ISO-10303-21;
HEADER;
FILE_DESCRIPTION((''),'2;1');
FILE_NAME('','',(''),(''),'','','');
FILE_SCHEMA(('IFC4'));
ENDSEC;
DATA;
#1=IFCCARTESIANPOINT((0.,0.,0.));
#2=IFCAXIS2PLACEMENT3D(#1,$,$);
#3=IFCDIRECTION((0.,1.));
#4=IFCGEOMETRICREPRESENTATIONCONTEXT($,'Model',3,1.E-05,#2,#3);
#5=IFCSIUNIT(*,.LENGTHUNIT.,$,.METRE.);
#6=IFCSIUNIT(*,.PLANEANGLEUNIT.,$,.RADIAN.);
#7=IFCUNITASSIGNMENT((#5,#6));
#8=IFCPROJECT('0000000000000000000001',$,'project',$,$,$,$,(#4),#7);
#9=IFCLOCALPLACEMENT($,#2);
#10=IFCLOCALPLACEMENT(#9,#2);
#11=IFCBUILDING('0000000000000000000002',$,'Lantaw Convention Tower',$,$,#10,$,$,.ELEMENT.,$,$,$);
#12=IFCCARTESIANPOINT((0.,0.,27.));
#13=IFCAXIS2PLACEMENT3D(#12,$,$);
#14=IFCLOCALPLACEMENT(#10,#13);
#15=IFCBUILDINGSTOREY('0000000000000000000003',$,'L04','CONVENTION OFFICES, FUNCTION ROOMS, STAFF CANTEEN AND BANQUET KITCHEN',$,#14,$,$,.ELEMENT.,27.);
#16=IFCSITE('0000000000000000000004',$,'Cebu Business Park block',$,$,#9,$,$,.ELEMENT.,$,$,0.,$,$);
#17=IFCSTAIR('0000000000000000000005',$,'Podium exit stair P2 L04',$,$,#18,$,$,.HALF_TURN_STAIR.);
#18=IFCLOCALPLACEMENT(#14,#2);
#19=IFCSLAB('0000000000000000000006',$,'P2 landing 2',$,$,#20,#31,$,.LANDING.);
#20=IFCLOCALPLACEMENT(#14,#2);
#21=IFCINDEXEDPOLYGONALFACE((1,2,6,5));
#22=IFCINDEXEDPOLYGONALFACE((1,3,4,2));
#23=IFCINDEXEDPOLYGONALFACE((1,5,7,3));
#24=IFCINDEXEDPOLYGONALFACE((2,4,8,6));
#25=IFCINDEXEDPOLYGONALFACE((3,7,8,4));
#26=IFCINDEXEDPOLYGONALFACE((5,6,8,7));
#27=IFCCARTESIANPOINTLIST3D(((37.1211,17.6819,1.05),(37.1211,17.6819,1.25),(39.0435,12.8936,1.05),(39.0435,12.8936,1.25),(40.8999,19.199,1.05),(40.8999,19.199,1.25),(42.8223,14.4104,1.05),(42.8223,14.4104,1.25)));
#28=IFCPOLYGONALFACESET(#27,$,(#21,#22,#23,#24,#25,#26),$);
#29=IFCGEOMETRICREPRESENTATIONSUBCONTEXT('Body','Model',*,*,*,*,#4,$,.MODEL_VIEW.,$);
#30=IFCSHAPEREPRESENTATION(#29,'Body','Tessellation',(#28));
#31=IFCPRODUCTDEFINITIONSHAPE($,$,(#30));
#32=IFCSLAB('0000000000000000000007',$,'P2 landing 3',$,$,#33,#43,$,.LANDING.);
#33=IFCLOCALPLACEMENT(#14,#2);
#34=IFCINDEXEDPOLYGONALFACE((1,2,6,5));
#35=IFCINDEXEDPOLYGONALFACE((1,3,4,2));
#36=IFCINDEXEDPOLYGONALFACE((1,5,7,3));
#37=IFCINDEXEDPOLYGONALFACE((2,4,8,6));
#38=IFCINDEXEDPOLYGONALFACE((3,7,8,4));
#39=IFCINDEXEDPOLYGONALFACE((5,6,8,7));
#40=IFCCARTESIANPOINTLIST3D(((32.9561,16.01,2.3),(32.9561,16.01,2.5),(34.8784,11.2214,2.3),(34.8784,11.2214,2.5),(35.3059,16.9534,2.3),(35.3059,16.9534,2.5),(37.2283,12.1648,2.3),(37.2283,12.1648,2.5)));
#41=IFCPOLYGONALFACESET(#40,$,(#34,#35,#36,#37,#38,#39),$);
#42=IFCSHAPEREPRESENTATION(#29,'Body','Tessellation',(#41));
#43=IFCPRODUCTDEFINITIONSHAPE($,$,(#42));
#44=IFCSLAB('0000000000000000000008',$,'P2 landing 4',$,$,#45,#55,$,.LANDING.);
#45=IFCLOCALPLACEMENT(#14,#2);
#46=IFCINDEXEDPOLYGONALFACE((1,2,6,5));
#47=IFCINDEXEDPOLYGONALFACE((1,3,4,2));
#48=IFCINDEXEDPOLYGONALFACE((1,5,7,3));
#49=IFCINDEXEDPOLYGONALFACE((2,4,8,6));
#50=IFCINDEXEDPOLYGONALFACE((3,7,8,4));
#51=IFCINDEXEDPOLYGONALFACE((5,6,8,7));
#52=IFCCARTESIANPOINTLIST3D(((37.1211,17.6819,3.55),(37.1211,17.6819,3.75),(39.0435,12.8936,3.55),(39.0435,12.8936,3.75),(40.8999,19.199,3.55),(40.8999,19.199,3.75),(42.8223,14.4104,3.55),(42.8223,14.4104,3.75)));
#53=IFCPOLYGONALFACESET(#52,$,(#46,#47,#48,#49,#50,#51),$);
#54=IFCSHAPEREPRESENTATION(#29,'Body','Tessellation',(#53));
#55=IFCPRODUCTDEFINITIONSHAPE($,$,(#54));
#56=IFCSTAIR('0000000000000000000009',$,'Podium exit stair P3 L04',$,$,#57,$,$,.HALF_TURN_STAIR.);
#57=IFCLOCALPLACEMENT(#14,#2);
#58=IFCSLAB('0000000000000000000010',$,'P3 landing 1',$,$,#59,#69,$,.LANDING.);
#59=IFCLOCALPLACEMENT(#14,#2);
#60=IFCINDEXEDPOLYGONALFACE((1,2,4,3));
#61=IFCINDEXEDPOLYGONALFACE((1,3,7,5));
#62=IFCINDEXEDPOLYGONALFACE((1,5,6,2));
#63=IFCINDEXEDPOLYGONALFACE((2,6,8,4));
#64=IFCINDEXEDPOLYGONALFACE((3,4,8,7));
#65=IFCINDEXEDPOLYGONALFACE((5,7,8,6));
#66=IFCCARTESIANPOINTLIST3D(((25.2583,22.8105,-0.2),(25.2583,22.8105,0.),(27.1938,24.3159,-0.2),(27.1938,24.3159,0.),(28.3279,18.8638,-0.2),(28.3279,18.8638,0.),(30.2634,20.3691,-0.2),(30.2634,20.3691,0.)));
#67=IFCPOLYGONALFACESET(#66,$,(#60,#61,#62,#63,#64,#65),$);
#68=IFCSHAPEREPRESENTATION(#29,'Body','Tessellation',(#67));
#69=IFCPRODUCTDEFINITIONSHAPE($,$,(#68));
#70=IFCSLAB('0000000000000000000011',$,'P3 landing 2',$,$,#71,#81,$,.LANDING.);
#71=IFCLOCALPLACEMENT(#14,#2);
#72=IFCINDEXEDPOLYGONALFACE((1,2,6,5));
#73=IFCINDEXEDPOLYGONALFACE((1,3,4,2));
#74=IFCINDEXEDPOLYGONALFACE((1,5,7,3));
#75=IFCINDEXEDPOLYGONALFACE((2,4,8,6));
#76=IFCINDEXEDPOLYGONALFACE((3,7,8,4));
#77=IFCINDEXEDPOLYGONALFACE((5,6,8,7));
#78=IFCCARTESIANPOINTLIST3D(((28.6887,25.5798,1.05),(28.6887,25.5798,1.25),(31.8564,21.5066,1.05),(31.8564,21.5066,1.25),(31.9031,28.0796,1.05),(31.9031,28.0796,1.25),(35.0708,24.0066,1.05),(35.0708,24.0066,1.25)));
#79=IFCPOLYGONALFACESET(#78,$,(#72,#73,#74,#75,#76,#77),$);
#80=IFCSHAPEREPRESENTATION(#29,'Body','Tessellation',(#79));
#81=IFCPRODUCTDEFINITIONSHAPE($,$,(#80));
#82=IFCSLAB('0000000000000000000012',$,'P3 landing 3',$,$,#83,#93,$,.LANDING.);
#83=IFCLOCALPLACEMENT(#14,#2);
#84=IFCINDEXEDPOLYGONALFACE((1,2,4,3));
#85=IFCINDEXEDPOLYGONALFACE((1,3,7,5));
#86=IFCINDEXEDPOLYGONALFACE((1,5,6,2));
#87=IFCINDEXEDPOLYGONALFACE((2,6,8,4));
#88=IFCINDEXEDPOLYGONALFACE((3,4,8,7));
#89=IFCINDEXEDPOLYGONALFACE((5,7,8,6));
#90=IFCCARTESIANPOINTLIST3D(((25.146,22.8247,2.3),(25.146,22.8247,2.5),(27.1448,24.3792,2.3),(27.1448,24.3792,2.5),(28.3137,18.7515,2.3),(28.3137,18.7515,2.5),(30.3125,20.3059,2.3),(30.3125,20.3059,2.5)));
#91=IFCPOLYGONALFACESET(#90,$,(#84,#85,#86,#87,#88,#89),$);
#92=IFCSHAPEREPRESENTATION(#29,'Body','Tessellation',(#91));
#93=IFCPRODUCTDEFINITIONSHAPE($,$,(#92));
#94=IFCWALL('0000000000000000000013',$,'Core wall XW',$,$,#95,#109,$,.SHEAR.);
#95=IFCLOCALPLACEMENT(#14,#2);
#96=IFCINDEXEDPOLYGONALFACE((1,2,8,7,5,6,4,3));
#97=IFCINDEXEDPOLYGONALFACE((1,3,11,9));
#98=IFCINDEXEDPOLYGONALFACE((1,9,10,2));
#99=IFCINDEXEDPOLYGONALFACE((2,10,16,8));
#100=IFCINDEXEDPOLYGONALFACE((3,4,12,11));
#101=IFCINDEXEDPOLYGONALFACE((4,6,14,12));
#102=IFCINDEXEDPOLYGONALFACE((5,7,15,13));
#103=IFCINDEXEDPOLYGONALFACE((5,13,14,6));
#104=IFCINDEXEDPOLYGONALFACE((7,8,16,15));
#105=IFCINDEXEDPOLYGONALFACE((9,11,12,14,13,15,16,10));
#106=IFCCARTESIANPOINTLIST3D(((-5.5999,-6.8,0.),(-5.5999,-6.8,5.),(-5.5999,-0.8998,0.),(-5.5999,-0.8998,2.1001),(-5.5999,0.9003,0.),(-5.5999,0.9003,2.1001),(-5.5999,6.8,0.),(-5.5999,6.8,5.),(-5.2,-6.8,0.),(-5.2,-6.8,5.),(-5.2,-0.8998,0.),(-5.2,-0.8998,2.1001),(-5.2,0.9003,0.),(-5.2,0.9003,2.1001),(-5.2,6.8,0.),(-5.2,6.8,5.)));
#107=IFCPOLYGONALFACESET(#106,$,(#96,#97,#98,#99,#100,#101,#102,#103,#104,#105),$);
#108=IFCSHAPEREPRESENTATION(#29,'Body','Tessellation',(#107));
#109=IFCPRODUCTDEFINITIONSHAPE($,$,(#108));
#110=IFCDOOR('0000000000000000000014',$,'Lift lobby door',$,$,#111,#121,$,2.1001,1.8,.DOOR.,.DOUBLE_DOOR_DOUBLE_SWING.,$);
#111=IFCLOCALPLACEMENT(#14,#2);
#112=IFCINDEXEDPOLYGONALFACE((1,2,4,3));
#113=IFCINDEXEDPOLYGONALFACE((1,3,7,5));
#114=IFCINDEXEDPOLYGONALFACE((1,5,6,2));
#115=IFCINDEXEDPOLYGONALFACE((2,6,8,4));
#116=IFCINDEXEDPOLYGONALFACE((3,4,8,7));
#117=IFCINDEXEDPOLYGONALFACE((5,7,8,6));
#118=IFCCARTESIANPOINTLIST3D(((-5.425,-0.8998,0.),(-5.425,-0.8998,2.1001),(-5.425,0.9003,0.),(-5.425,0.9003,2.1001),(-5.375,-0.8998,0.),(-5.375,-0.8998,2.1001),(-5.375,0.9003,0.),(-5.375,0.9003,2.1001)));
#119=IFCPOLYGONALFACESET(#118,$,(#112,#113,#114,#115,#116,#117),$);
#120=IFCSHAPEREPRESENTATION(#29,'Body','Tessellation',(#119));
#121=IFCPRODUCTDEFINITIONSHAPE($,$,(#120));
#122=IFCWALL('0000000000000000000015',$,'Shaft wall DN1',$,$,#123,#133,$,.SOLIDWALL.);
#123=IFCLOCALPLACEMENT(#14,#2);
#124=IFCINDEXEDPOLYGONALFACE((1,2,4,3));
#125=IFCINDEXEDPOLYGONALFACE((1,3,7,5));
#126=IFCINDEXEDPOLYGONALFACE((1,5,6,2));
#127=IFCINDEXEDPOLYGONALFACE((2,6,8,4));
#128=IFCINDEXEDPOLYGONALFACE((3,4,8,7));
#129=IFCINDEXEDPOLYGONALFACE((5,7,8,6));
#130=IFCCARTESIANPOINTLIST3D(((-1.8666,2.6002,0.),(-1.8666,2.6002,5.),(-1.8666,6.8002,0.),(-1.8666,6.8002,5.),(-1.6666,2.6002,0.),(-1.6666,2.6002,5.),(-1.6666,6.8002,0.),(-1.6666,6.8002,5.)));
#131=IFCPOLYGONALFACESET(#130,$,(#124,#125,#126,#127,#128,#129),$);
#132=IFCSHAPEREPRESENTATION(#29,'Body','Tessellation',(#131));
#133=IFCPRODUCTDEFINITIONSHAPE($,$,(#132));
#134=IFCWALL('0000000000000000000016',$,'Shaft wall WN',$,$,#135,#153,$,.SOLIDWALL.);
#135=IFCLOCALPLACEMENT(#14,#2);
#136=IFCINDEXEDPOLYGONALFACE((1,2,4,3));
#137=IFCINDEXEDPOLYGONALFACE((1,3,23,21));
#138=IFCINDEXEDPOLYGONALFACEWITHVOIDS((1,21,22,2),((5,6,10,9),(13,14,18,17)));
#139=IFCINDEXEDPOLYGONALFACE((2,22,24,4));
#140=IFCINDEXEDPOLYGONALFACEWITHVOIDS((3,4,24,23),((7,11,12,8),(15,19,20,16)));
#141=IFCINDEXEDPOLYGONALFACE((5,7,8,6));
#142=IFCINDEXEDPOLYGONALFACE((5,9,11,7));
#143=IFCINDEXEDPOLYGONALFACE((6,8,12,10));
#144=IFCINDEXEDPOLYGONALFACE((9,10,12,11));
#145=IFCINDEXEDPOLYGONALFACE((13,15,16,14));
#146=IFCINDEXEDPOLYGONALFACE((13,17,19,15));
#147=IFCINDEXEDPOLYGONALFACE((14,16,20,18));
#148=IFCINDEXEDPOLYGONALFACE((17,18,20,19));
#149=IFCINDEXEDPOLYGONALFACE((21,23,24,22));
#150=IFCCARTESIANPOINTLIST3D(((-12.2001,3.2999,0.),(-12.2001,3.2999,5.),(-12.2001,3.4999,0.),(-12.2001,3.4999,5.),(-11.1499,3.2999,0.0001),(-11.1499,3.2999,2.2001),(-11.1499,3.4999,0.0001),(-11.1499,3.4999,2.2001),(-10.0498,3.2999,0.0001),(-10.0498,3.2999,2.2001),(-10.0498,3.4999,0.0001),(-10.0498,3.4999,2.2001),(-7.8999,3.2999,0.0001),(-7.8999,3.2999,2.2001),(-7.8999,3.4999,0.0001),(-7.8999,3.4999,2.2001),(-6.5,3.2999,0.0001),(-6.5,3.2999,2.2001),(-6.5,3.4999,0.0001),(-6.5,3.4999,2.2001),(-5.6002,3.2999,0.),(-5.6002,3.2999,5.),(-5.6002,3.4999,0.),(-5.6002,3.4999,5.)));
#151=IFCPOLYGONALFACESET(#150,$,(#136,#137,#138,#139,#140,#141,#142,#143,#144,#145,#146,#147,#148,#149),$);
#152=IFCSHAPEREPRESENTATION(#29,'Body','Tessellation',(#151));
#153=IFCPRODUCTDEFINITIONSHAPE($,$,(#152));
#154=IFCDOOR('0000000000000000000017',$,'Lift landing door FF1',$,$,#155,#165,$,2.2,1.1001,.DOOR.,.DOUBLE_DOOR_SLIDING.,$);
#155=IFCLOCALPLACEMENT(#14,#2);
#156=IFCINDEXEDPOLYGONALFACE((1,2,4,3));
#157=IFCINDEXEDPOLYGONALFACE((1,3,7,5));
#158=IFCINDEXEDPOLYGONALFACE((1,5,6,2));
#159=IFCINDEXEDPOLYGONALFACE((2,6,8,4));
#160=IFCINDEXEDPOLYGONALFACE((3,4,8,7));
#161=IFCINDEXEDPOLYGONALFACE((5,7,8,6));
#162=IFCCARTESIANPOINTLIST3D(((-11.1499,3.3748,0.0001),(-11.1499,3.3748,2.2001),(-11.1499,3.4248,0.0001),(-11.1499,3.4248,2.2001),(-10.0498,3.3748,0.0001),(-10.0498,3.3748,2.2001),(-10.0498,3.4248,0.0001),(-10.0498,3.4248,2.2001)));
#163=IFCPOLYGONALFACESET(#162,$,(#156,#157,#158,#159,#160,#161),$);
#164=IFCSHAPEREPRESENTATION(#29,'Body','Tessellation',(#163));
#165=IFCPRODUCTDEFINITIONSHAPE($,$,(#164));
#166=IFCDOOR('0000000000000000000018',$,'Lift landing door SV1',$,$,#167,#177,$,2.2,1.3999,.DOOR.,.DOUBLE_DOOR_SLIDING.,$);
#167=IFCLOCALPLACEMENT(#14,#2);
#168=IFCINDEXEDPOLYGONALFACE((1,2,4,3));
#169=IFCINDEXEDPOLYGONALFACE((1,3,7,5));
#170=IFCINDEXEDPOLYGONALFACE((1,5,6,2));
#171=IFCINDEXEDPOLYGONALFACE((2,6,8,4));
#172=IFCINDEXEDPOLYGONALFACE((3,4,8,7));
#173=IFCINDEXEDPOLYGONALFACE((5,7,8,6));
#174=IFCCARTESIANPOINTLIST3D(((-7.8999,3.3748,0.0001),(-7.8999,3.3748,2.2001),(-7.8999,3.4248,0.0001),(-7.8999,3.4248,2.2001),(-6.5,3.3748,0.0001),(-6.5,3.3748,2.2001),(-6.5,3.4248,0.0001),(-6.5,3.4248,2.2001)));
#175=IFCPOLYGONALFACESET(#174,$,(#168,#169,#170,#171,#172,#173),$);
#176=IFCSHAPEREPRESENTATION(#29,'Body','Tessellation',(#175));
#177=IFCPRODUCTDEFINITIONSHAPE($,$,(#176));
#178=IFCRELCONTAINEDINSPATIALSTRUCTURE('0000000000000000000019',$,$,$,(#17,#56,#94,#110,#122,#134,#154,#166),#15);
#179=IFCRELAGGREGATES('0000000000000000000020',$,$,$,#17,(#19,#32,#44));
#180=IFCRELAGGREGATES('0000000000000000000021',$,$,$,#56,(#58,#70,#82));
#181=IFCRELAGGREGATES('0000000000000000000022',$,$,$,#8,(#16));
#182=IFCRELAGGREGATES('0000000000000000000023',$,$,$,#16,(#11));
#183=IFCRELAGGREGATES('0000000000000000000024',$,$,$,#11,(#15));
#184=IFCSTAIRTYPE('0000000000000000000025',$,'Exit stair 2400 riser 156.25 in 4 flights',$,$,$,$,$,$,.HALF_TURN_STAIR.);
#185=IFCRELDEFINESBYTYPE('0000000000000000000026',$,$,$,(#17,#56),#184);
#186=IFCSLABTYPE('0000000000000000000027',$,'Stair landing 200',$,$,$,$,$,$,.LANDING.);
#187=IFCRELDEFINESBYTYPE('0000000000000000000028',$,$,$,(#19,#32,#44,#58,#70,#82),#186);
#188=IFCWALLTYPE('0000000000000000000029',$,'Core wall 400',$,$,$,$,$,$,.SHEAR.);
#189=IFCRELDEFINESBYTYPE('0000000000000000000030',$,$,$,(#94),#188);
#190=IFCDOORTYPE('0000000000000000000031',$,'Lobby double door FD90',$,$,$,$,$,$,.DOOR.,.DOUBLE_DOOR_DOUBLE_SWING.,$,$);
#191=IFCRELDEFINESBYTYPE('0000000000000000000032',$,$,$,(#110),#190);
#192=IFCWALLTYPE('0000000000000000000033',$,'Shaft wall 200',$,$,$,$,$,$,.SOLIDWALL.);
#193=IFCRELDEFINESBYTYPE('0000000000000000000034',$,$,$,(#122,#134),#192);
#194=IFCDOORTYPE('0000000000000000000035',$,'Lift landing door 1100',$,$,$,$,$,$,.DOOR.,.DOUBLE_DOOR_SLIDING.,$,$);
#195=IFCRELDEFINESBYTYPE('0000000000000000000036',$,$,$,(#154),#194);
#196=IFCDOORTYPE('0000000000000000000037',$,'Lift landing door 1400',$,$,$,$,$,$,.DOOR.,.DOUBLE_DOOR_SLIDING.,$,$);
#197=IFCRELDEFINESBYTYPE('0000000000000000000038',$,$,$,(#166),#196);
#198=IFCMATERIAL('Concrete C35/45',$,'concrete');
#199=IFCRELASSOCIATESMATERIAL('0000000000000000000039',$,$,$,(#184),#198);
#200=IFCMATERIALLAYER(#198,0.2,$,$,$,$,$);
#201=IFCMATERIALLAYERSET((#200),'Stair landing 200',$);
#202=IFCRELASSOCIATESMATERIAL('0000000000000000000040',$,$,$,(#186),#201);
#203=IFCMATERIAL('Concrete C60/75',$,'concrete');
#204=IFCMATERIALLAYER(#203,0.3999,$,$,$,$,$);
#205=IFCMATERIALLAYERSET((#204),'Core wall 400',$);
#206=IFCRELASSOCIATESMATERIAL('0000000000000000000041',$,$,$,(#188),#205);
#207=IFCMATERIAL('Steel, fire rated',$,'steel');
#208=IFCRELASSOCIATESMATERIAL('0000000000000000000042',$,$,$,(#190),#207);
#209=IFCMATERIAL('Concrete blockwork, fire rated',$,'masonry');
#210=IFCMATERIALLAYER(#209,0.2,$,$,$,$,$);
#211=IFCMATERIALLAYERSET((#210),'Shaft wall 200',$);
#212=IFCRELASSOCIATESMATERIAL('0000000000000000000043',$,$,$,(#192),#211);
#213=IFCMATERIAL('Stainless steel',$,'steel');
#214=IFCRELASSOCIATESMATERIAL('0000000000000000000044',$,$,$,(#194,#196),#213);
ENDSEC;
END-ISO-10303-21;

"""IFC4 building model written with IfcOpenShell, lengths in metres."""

from ifc_helpers import new_model, si_unit, direction, frame, frame_2d, origin, place, context, subcontext, project, spatial, polyline, rectangle, outline, extrude, material, layer, layer_set, type_object, element, fill, aggregate, save


model = new_model("IFC4")

# Units and contexts
model_context = context("Model", 3, precision=1e-05, world=origin(), true_north=direction((0.0, 1.0)))
body_context = subcontext(model_context, "Body", "Model", "MODEL_VIEW")
ifc_project = project(units=[si_unit("LENGTHUNIT", "METRE"), si_unit("PLANEANGLEUNIT", "RADIAN")], contexts=[model_context])

# Site, building, storey
site_placement = place(None, origin())
site = spatial("IfcSite", under=ifc_project, at=site_placement, Name="Cebu Business Park block", CompositionType="ELEMENT", RefElevation=0.0)
building_placement = place(site_placement, origin())
building = spatial("IfcBuilding", under=site, at=building_placement, Name="Lantaw Convention Tower", CompositionType="ELEMENT")
storey_placement = place(building_placement, frame((0.0, 0.0, 27.0)))
storey = spatial("IfcBuildingStorey", under=building, at=storey_placement, Name="L04", Description="CONVENTION OFFICES, FUNCTION ROOMS, STAFF CANTEEN AND BANQUET KITCHEN", CompositionType="ELEMENT", Elevation=27.0)

# Stairs, slabs
ifc_material_1 = material(Name="Concrete C35/45", Category="concrete")
stair_type = type_object("IfcStairType", Name="Exit stair 2400 riser 156.25 in 4 flights", PredefinedType="HALF_TURN_STAIR", material=ifc_material_1)
ifc_layer_1 = layer(ifc_material_1, 0.2)
ifc_layer_set_1 = layer_set([ifc_layer_1], Name="Stair landing 200")
slab_type = type_object("IfcSlabType", Name="Stair landing 200", PredefinedType="LANDING", material=ifc_layer_set_1)
stair_1_placement = place(storey_placement, origin())
stair_1 = element("IfcStair", 1, at=stair_1_placement, inside=storey, type_object=stair_type, Name="Podium exit stair P2 L04", PredefinedType="HALF_TURN_STAIR")
slab_1_placement = place(storey_placement, frame((0.0, 0.0, 1.05)))
slab_1 = element("IfcSlab", 2, at=slab_1_placement, type_object=slab_type, Name="P2 landing 2", PredefinedType="LANDING", context=body_context, shape_type="SweptSolid", body=[
    extrude(outline(polyline([(39.0435, 12.8936), (42.8223, 14.4104), (40.8999, 19.199), (37.1211, 17.6819), (39.0435, 12.8936)])), origin(), (0.0, 0.0, 1.0), 0.2),
])
slab_2_placement = place(storey_placement, frame((0.0, 0.0, 2.3)))
slab_2 = element("IfcSlab", 3, at=slab_2_placement, type_object=slab_type, Name="P2 landing 3", PredefinedType="LANDING", context=body_context, shape_type="SweptSolid", body=[
    extrude(outline(polyline([(34.8784, 11.2214), (37.2283, 12.1648), (35.3059, 16.9534), (32.9561, 16.01), (34.8784, 11.2214)])), origin(), (0.0, 0.0, 1.0), 0.2),
])
slab_3_placement = place(storey_placement, frame((0.0, 0.0, 3.55)))
slab_3 = element("IfcSlab", 4, at=slab_3_placement, type_object=slab_type, Name="P2 landing 4", PredefinedType="LANDING", context=body_context, shape_type="SweptSolid", body=[
    extrude(outline(polyline([(39.0435, 12.8936), (42.8223, 14.4104), (40.8999, 19.199), (37.1211, 17.6819), (39.0435, 12.8936)])), origin(), (0.0, 0.0, 1.0), 0.2),
])
aggregate(stair_1, [slab_1, slab_2, slab_3])
stair_2_placement = place(storey_placement, origin())
stair_2 = element("IfcStair", 5, at=stair_2_placement, inside=storey, type_object=stair_type, Name="Podium exit stair P3 L04", PredefinedType="HALF_TURN_STAIR")
slab_4_placement = place(storey_placement, frame((0.0, 0.0, -0.2)))
slab_4 = element("IfcSlab", 6, at=slab_4_placement, type_object=slab_type, Name="P3 landing 1", PredefinedType="LANDING", context=body_context, shape_type="SweptSolid", body=[
    extrude(outline(polyline([(28.3279, 18.8638), (30.2634, 20.3691), (27.1938, 24.3159), (25.2583, 22.8105), (28.3279, 18.8638)])), origin(), (0.0, 0.0, 1.0), 0.2),
])
slab_5_placement = place(storey_placement, frame((0.0, 0.0, 1.05)))
slab_5 = element("IfcSlab", 7, at=slab_5_placement, type_object=slab_type, Name="P3 landing 2", PredefinedType="LANDING", context=body_context, shape_type="SweptSolid", body=[
    extrude(outline(polyline([(31.8564, 21.5066), (35.0708, 24.0066), (31.9031, 28.0796), (28.6887, 25.5798), (31.8564, 21.5066)])), origin(), (0.0, 0.0, 1.0), 0.2),
])
slab_6_placement = place(storey_placement, frame((0.0, 0.0, 2.3)))
slab_6 = element("IfcSlab", 8, at=slab_6_placement, type_object=slab_type, Name="P3 landing 3", PredefinedType="LANDING", context=body_context, shape_type="SweptSolid", body=[
    extrude(outline(polyline([(28.3137, 18.7515), (30.3125, 20.3059), (27.1448, 24.3792), (25.146, 22.8247), (28.3137, 18.7515)])), origin(), (0.0, 0.0, 1.0), 0.2),
])
aggregate(stair_2, [slab_4, slab_5, slab_6])

# Wall, opening, door
ifc_material_2 = material(Name="Concrete C60/75", Category="concrete")
ifc_layer_2 = layer(ifc_material_2, 0.3999)
ifc_layer_set_2 = layer_set([ifc_layer_2], Name="Core wall 400")
wall_type_1 = type_object("IfcWallType", Name="Core wall 400", PredefinedType="SHEAR", material=ifc_layer_set_2)
wall_1_placement = place(storey_placement, frame((-5.3999, 6.8, 0.0), z_axis=(0.0, 0.0, 1.0), x_axis=(0.0, -1.0, 0.0)))
wall_1 = element("IfcWall", 9, at=wall_1_placement, inside=storey, type_object=wall_type_1, Name="Core wall XW", PredefinedType="SHEAR", context=body_context, shape_type="SweptSolid", body=[
    extrude(rectangle(XDim=13.6001, YDim=0.3999, at=frame_2d((6.8, 0.0))), origin(), (0.0, 0.0, 1.0), 5.0),
])
opening_1_placement = place(wall_1_placement, frame((5.8999, 0.0, 0.0)))
opening_1 = element("IfcOpeningElement", 10, at=opening_1_placement, cuts=wall_1, PredefinedType="OPENING", context=body_context, shape_type="SweptSolid", body=[
    extrude(rectangle(XDim=1.8, YDim=2.1001, at=frame_2d((0.8999, 1.05))), frame((0.0, 0.21, 0.0), z_axis=(0.0, -1.0, 0.0), x_axis=(1.0, 0.0, 0.0)), (0.0, 0.0, 1.0), 0.4199),
])
ifc_material_3 = material(Name="Steel, fire rated", Category="steel")
door_type_1 = type_object("IfcDoorType", Name="Lobby double door FD90", OperationType="DOUBLE_DOOR_DOUBLE_SWING", PredefinedType="DOOR", material=ifc_material_3)
door_1_placement = place(opening_1_placement, origin())
door_1 = element("IfcDoor", 11, at=door_1_placement, inside=storey, type_object=door_type_1, Name="Lift lobby door", OperationType="DOUBLE_DOOR_DOUBLE_SWING", OverallHeight=2.1001, OverallWidth=1.8, PredefinedType="DOOR", context=body_context, shape_type="SweptSolid", body=[
    extrude(rectangle(XDim=1.8, YDim=2.1001, at=frame_2d((0.8999, 1.05))), frame((0.0, 0.0249, 0.0), z_axis=(0.0, -1.0, 0.0), x_axis=(1.0, 0.0, 0.0)), (0.0, 0.0, 1.0), 0.05),
])
fill(opening_1, door_1)

# Wall
ifc_material_4 = material(Name="Concrete blockwork, fire rated", Category="masonry")
ifc_layer_3 = layer(ifc_material_4, 0.2)
ifc_layer_set_3 = layer_set([ifc_layer_3], Name="Shaft wall 200")
wall_type_2 = type_object("IfcWallType", Name="Shaft wall 200", PredefinedType="SOLIDWALL", material=ifc_layer_set_3)
wall_2_placement = place(storey_placement, frame((-1.7666, 2.6001, 0.0), z_axis=(0.0, 0.0, 1.0), x_axis=(0.0, 1.0, 0.0)))
element("IfcWall", 12, at=wall_2_placement, inside=storey, type_object=wall_type_2, Name="Shaft wall DN1", PredefinedType="SOLIDWALL", context=body_context, shape_type="SweptSolid", body=[
    extrude(rectangle(XDim=4.2, YDim=0.2, at=frame_2d((2.1001, 0.0))), origin(), (0.0, 0.0, 1.0), 5.0),
])

# Wall, openings, doors
wall_3_placement = place(storey_placement, frame((-12.2, 3.3999, 0.0), z_axis=(0.0, 0.0, 1.0), x_axis=(1.0, 0.0, 0.0)))
wall_3 = element("IfcWall", 13, at=wall_3_placement, inside=storey, type_object=wall_type_2, Name="Shaft wall WN", PredefinedType="SOLIDWALL", context=body_context, shape_type="SweptSolid", body=[
    extrude(rectangle(XDim=6.5999, YDim=0.2, at=frame_2d((3.2998, 0.0))), origin(), (0.0, 0.0, 1.0), 5.0),
])
opening_2_placement = place(wall_3_placement, frame((1.05, 0.0, 0.0)))
opening_2 = element("IfcOpeningElement", 14, at=opening_2_placement, cuts=wall_3, PredefinedType="OPENING", context=body_context, shape_type="SweptSolid", body=[
    extrude(rectangle(XDim=1.1001, YDim=2.2, at=frame_2d((0.55, 1.1001))), frame((0.0, 0.1099, 0.0), z_axis=(0.0, -1.0, 0.0), x_axis=(1.0, 0.0, 0.0)), (0.0, 0.0, 1.0), 0.22),
])
opening_3_placement = place(wall_3_placement, frame((4.3, 0.0, 0.0)))
opening_3 = element("IfcOpeningElement", 15, at=opening_3_placement, cuts=wall_3, PredefinedType="OPENING", context=body_context, shape_type="SweptSolid", body=[
    extrude(rectangle(XDim=1.3999, YDim=2.2, at=frame_2d((0.7, 1.1001))), frame((0.0, 0.1099, 0.0), z_axis=(0.0, -1.0, 0.0), x_axis=(1.0, 0.0, 0.0)), (0.0, 0.0, 1.0), 0.22),
])
ifc_material_5 = material(Name="Stainless steel", Category="steel")
door_type_2 = type_object("IfcDoorType", Name="Lift landing door 1100", OperationType="DOUBLE_DOOR_SLIDING", PredefinedType="DOOR", material=ifc_material_5)
door_2_placement = place(opening_2_placement, origin())
door_2 = element("IfcDoor", 16, at=door_2_placement, inside=storey, type_object=door_type_2, Name="Lift landing door FF1", OperationType="DOUBLE_DOOR_SLIDING", OverallHeight=2.2, OverallWidth=1.1001, PredefinedType="DOOR", context=body_context, shape_type="SweptSolid", body=[
    extrude(rectangle(XDim=1.1001, YDim=2.2, at=frame_2d((0.55, 1.1001))), frame((0.0, 0.0249, 0.0), z_axis=(0.0, -1.0, 0.0), x_axis=(1.0, 0.0, 0.0)), (0.0, 0.0, 1.0), 0.05),
])
fill(opening_2, door_2)
door_type_3 = type_object("IfcDoorType", Name="Lift landing door 1400", OperationType="DOUBLE_DOOR_SLIDING", PredefinedType="DOOR", material=ifc_material_5)
door_3_placement = place(opening_3_placement, origin())
door_3 = element("IfcDoor", 17, at=door_3_placement, inside=storey, type_object=door_type_3, Name="Lift landing door SV1", OperationType="DOUBLE_DOOR_SLIDING", OverallHeight=2.2, OverallWidth=1.3999, PredefinedType="DOOR", context=body_context, shape_type="SweptSolid", body=[
    extrude(rectangle(XDim=1.3999, YDim=2.2, at=frame_2d((0.7, 1.1001))), frame((0.0, 0.0249, 0.0), z_axis=(0.0, -1.0, 0.0), x_axis=(1.0, 0.0, 0.0)), (0.0, 0.0, 1.0), 0.05),
])
fill(opening_3, door_3)

save(model, "model.ifc")
